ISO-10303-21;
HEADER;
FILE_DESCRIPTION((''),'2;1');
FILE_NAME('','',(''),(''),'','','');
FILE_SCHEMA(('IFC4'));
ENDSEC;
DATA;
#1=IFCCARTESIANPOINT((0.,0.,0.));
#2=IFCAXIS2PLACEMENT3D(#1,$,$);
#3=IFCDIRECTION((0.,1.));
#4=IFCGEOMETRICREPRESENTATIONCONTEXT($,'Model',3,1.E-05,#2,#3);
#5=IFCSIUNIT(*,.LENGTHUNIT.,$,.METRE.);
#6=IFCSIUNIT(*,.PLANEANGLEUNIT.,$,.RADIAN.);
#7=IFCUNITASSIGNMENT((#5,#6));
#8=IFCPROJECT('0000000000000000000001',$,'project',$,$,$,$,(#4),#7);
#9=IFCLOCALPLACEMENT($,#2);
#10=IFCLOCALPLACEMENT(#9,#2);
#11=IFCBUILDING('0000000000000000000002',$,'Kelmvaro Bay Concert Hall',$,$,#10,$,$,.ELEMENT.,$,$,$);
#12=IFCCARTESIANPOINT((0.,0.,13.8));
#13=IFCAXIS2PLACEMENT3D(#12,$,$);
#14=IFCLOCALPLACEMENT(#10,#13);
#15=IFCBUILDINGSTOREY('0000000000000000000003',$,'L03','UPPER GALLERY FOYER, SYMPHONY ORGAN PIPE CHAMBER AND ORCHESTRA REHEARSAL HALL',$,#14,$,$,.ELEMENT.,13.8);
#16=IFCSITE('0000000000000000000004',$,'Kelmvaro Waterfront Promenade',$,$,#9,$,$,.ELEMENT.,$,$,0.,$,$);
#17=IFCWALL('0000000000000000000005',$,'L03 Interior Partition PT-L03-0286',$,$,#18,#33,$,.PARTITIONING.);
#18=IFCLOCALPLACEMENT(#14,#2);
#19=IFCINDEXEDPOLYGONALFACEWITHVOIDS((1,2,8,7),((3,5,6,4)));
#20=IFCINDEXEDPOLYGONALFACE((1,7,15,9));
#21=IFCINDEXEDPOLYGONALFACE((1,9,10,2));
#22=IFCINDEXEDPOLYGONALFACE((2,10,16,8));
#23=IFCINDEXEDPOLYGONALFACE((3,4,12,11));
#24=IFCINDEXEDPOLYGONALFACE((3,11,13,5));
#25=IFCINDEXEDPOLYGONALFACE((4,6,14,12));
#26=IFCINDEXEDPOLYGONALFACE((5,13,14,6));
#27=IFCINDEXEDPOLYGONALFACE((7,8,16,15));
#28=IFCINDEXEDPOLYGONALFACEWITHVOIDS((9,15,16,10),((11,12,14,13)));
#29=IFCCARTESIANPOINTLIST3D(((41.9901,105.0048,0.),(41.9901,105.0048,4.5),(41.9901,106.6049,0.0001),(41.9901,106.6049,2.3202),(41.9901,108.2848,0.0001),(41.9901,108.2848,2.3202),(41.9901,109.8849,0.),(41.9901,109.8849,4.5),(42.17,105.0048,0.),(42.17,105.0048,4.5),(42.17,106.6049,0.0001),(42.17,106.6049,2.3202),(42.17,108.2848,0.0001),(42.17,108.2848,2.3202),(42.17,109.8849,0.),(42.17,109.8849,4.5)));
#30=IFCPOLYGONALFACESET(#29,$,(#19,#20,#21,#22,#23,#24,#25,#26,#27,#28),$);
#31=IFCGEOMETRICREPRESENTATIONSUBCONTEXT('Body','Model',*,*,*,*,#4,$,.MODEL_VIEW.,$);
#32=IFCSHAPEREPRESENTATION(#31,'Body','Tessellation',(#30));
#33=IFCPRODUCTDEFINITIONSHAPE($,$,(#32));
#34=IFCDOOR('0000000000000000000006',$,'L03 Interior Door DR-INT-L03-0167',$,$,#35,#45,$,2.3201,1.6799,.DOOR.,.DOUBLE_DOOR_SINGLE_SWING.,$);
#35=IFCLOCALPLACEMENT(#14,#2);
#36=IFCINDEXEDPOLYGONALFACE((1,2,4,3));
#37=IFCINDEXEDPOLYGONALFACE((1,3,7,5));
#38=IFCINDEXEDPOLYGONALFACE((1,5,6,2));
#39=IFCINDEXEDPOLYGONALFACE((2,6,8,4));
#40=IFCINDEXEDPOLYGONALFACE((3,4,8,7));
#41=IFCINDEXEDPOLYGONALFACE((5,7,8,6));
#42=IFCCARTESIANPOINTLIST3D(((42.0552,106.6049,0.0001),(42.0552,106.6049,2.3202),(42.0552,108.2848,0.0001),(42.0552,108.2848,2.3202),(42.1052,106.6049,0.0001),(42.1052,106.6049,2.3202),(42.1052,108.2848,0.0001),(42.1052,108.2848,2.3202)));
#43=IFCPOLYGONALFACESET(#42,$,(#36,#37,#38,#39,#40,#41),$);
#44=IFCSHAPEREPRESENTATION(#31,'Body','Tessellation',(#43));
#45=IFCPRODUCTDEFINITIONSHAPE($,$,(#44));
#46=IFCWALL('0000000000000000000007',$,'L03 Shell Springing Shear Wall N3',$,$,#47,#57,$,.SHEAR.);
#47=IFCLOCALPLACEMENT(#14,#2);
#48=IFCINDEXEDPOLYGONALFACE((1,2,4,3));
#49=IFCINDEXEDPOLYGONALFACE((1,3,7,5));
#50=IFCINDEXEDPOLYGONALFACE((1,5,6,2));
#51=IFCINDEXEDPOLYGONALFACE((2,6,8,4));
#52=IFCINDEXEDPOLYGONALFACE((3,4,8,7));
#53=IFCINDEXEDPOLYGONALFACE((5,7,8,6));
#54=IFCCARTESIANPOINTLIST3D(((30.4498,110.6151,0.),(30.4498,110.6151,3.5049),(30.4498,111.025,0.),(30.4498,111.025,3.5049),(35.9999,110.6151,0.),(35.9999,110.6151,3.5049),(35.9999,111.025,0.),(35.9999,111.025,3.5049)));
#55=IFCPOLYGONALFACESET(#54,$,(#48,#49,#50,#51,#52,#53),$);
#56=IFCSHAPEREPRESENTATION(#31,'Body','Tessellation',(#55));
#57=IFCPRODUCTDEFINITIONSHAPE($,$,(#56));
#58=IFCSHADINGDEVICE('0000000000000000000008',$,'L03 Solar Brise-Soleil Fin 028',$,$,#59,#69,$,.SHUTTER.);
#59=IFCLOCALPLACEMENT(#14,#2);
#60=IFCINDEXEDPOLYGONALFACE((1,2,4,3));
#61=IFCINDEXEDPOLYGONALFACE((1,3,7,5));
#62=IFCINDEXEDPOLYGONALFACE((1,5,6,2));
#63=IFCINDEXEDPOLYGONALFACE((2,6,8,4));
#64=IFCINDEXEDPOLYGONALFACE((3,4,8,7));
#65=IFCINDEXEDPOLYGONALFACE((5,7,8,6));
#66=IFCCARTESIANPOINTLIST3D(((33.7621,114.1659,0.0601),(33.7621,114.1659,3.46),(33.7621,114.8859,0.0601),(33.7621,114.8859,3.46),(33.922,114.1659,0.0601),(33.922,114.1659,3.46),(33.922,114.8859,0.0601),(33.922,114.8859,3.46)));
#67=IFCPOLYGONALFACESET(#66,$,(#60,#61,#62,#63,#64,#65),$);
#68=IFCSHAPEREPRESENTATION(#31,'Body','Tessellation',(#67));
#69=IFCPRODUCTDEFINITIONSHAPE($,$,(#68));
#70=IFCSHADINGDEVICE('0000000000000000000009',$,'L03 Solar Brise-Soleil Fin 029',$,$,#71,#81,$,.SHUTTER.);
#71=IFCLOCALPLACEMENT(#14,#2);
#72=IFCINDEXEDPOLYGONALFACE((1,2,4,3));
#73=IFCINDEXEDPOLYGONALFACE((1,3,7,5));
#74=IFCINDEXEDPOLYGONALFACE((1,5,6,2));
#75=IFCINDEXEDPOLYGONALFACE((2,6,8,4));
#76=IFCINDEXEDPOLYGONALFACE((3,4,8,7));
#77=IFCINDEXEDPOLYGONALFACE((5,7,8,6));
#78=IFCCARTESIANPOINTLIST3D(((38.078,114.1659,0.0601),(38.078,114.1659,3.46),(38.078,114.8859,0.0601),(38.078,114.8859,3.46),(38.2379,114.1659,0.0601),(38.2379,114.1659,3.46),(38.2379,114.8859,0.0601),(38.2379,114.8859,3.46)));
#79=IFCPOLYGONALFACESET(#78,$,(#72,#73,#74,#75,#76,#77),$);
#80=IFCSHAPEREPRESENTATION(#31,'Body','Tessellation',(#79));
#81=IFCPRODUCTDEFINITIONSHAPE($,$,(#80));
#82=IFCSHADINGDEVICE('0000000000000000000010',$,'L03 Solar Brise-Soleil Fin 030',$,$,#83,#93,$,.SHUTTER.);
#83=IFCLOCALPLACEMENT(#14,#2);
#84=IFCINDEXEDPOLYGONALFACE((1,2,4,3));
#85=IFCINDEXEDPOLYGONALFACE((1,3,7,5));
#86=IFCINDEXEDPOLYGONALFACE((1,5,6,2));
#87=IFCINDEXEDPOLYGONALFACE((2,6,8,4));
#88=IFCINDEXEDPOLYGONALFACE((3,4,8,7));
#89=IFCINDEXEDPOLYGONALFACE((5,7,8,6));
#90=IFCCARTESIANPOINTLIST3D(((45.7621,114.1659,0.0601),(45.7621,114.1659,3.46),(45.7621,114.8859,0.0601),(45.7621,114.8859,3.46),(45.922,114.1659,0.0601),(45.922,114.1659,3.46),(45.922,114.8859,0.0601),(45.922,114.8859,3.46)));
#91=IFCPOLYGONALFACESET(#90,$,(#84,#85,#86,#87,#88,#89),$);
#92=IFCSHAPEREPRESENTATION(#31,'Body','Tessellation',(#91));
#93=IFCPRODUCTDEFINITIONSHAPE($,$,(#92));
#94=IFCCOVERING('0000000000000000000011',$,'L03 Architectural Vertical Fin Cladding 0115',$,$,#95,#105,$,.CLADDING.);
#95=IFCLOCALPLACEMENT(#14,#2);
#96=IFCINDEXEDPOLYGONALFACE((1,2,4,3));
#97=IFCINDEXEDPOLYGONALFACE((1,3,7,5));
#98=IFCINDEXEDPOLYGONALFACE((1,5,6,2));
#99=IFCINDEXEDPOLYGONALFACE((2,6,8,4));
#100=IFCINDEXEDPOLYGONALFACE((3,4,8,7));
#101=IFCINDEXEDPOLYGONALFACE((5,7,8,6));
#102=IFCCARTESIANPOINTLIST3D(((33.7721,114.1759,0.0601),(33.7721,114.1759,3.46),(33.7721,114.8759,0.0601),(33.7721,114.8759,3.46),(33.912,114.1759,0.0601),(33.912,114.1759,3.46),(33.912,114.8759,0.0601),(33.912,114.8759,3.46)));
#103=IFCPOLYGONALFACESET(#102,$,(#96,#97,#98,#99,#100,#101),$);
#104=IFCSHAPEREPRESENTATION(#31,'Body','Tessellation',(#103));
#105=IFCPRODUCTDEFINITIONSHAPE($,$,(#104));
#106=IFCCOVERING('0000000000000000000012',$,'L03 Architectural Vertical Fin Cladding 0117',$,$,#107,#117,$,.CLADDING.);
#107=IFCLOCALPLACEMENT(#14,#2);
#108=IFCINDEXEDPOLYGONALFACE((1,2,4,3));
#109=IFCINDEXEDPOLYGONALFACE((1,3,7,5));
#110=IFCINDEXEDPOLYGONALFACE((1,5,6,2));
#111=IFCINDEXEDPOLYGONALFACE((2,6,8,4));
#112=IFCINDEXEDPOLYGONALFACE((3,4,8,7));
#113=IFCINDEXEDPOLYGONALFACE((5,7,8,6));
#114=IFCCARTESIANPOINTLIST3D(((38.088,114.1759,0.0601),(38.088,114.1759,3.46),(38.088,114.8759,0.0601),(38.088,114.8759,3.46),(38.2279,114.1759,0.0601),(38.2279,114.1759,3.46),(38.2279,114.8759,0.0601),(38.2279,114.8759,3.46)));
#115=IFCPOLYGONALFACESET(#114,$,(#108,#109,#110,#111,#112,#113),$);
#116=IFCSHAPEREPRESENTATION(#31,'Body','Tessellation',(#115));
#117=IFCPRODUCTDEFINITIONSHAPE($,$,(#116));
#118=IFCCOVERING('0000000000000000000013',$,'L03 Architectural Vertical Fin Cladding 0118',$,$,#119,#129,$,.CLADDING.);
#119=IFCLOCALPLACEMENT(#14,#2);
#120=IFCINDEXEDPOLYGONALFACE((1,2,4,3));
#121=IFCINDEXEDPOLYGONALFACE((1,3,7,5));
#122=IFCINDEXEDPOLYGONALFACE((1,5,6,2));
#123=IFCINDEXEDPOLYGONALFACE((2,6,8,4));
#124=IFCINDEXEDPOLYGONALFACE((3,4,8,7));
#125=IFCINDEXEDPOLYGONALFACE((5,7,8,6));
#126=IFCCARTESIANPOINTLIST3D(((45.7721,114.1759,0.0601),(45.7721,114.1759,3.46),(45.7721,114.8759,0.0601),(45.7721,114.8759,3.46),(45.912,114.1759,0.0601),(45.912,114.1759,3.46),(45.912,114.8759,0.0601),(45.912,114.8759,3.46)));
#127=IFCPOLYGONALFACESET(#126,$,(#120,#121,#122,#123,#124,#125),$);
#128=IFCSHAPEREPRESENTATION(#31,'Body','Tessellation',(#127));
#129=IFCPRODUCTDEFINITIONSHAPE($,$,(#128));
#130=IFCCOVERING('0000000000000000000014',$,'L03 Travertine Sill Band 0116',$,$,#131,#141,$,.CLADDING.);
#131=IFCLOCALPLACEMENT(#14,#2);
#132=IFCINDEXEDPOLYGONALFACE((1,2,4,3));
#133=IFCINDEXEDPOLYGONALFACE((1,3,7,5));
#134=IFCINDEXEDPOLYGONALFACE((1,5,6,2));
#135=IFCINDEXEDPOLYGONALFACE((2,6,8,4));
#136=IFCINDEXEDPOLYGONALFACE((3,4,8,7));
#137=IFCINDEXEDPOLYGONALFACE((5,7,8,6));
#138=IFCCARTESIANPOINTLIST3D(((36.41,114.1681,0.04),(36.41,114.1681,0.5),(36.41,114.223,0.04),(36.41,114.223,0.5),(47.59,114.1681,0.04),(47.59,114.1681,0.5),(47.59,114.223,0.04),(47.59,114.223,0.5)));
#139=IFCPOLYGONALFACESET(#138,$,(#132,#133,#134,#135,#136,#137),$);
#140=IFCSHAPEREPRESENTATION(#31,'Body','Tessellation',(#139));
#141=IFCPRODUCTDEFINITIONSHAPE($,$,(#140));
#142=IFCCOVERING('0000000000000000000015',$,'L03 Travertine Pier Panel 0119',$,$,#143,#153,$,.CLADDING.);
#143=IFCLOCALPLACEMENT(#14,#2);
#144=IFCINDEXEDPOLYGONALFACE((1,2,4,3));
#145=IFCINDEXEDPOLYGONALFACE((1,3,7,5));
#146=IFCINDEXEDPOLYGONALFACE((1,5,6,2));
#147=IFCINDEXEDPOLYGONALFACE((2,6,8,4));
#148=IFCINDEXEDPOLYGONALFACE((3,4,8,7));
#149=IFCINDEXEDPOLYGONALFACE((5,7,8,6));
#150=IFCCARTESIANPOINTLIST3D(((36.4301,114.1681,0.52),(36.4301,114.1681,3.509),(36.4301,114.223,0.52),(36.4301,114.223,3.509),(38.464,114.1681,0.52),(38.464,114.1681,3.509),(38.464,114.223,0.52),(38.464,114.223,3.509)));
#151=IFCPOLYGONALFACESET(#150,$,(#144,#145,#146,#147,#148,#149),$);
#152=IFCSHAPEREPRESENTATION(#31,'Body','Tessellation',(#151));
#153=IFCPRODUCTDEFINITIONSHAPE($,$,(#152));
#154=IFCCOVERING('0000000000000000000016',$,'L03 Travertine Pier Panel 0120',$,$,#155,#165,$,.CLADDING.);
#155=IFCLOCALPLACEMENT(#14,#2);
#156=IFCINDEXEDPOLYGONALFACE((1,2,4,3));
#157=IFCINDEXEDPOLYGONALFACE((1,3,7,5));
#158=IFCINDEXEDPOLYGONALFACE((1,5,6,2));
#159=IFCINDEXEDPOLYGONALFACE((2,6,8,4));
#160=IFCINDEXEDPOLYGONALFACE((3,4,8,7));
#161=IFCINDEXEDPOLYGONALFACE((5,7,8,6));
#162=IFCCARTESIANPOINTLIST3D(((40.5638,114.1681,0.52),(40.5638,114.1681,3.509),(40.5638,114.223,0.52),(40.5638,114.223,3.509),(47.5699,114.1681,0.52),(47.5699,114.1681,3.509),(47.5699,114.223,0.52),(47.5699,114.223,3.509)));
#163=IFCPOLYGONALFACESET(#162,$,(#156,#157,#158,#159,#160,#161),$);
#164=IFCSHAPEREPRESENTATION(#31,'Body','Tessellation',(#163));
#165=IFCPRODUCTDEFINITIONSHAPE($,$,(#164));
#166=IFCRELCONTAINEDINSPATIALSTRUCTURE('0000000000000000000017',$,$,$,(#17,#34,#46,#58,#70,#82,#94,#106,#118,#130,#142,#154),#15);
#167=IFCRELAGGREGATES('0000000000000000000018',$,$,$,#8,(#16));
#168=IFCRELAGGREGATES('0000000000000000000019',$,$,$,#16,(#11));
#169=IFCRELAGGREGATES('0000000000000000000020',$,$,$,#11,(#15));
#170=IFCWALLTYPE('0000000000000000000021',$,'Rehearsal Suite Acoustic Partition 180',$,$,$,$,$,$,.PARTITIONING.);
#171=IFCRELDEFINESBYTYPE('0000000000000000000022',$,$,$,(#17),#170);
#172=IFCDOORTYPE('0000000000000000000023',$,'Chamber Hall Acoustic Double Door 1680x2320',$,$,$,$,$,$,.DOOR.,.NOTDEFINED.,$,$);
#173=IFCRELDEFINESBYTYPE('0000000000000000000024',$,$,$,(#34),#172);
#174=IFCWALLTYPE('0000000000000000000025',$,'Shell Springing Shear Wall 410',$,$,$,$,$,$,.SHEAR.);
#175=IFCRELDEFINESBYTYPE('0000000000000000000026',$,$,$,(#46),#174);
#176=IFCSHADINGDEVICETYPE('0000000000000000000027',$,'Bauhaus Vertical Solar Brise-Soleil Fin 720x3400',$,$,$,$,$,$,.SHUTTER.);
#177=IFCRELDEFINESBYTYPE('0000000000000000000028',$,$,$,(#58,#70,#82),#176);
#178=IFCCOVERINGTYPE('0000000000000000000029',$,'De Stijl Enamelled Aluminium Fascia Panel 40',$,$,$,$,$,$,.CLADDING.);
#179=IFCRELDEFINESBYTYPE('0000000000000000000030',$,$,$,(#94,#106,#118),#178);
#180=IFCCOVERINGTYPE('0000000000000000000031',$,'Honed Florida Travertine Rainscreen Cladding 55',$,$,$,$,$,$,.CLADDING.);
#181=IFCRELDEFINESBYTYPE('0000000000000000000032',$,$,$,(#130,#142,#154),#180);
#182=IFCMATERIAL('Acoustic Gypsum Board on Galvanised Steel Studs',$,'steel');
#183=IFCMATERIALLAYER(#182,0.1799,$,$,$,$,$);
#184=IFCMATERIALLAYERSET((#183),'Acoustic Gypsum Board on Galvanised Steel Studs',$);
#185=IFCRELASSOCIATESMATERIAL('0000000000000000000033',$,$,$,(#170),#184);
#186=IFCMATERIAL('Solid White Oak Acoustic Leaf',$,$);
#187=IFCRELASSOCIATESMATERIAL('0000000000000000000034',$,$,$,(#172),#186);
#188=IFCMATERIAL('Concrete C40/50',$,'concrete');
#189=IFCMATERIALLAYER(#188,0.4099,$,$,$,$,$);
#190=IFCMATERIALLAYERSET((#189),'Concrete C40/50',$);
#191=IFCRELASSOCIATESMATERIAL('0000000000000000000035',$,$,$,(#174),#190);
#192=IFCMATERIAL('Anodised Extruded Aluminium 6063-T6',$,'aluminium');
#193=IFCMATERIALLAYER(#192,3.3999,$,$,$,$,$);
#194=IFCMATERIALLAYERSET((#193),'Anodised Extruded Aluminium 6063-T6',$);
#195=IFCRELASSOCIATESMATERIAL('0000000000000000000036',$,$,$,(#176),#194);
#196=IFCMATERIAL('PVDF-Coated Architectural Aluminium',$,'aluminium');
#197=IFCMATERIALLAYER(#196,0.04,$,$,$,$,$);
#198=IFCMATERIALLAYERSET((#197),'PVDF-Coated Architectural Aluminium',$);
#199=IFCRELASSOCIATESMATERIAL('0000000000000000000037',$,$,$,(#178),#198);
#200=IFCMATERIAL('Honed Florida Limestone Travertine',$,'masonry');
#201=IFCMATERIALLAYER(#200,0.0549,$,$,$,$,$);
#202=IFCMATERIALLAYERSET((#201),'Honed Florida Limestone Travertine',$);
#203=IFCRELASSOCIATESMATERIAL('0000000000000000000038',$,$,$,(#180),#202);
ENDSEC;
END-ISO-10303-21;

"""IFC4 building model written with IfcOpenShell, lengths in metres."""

from ifc_helpers import new_model, si_unit, direction, frame, frame_2d, origin, origin_2d, place, context, subcontext, project, spatial, rectangle, extrude, material, layer, layer_set, type_object, element, fill, save


model = new_model("IFC4")

# Units and contexts
model_context = context("Model", 3, precision=1e-05, world=origin(), true_north=direction((0.0, 1.0)))
body_context = subcontext(model_context, "Body", "Model", "MODEL_VIEW")
ifc_project = project(units=[si_unit("LENGTHUNIT", "METRE"), si_unit("PLANEANGLEUNIT", "RADIAN")], contexts=[model_context])

# Site, building, storey
site_placement = place(None, origin())
site = spatial("IfcSite", under=ifc_project, at=site_placement, Name="Kelmvaro Waterfront Promenade", CompositionType="ELEMENT", RefElevation=0.0)
building_placement = place(site_placement, origin())
building = spatial("IfcBuilding", under=site, at=building_placement, Name="Kelmvaro Bay Concert Hall", CompositionType="ELEMENT")
storey_placement = place(building_placement, frame((0.0, 0.0, 13.8)))
storey = spatial("IfcBuildingStorey", under=building, at=storey_placement, Name="L03", Description="UPPER GALLERY FOYER, SYMPHONY ORGAN PIPE CHAMBER AND ORCHESTRA REHEARSAL HALL", CompositionType="ELEMENT", Elevation=13.8)

# Wall, opening, door
ifc_material_1 = material(Name="Acoustic Gypsum Board on Galvanised Steel Studs", Category="steel")
ifc_layer_1 = layer(ifc_material_1, 0.1799)
ifc_layer_set_1 = layer_set([ifc_layer_1], Name="Acoustic Gypsum Board on Galvanised Steel Studs")
wall_type_1 = type_object("IfcWallType", Name="Rehearsal Suite Acoustic Partition 180", PredefinedType="PARTITIONING", material=ifc_layer_set_1)
wall_1_placement = place(storey_placement, frame((42.0801, 105.0049, 0.0), z_axis=(0.0, 0.0, 1.0), x_axis=(0.0, 1.0, 0.0)))
wall_1 = element("IfcWall", 1, at=wall_1_placement, inside=storey, type_object=wall_type_1, Name="L03 Interior Partition PT-L03-0286", PredefinedType="PARTITIONING", context=body_context, shape_type="SweptSolid", body=[
    extrude(rectangle(XDim=4.8801, YDim=0.1799, at=frame_2d((2.4399, 0.0))), origin(), (0.0, 0.0, 1.0), 4.5),
])
opening_1_placement = place(wall_1_placement, frame((1.6001, 0.0, 0.0)))
opening_1 = element("IfcOpeningElement", 2, at=opening_1_placement, cuts=wall_1, PredefinedType="OPENING", context=body_context, shape_type="SweptSolid", body=[
    extrude(rectangle(XDim=1.6799, YDim=2.3201, at=frame_2d((0.8398, 1.1602))), frame((0.0, 0.0999, 0.0), z_axis=(0.0, -1.0, 0.0), x_axis=(1.0, 0.0, 0.0)), (0.0, 0.0, 1.0), 0.2),
])
ifc_material_2 = material(Name="Solid White Oak Acoustic Leaf")
door_type_1 = type_object("IfcDoorType", Name="Chamber Hall Acoustic Double Door 1680x2320", OperationType="NOTDEFINED", PredefinedType="DOOR", material=ifc_material_2)
door_1_placement = place(opening_1_placement, origin())
door_1 = element("IfcDoor", 3, at=door_1_placement, inside=storey, type_object=door_type_1, Name="L03 Interior Door DR-INT-L03-0167", OperationType="DOUBLE_DOOR_SINGLE_SWING", OverallHeight=2.3201, OverallWidth=1.6799, PredefinedType="DOOR", context=body_context, shape_type="SweptSolid", body=[
    extrude(rectangle(XDim=1.6799, YDim=2.3201, at=frame_2d((0.8398, 1.1602))), frame((0.0, 0.0249, 0.0), z_axis=(0.0, -1.0, 0.0), x_axis=(1.0, 0.0, 0.0)), (0.0, 0.0, 1.0), 0.05),
])
fill(opening_1, door_1)

# Wall
ifc_material_3 = material(Name="Concrete C40/50", Category="concrete")
ifc_layer_2 = layer(ifc_material_3, 0.4099)
ifc_layer_set_2 = layer_set([ifc_layer_2], Name="Concrete C40/50")
wall_type_2 = type_object("IfcWallType", Name="Shell Springing Shear Wall 410", PredefinedType="SHEAR", material=ifc_layer_set_2)
wall_2_placement = place(storey_placement, frame((30.45, 110.8201, 0.0), z_axis=(0.0, 0.0, 1.0), x_axis=(1.0, 0.0, 0.0)))
element("IfcWall", 4, at=wall_2_placement, inside=storey, type_object=wall_type_2, Name="L03 Shell Springing Shear Wall N3", PredefinedType="SHEAR", context=body_context, shape_type="SweptSolid", body=[
    extrude(rectangle(XDim=5.55, YDim=0.4099, at=frame_2d((2.7749, 0.0))), origin(), (0.0, 0.0, 1.0), 3.5049),
])

# Shading devices
ifc_material_4 = material(Name="Anodised Extruded Aluminium 6063-T6", Category="aluminium")
ifc_layer_3 = layer(ifc_material_4, 3.3999)
ifc_layer_set_3 = layer_set([ifc_layer_3], Name="Anodised Extruded Aluminium 6063-T6")
shading_device_type = type_object("IfcShadingDeviceType", Name="Bauhaus Vertical Solar Brise-Soleil Fin 720x3400", PredefinedType="SHUTTER", material=ifc_layer_set_3)
for number, where, z_axis, x_axis, name in (
    (5, (33.842, 114.5259, 0.0601), (0.0, 0.0, 1.0), (1.0, 0.0, 0.0), "L03 Solar Brise-Soleil Fin 028"),
    (6, (38.158, 114.5259, 0.0601), (0.0, 0.0, 1.0), (1.0, 0.0, 0.0), "L03 Solar Brise-Soleil Fin 029"),
    (7, (45.842, 114.5259, 0.0601), (0.0, 0.0, 1.0), (1.0, 0.0, 0.0), "L03 Solar Brise-Soleil Fin 030"),
):
    element("IfcShadingDevice", number, at=place(storey_placement, frame(where, z_axis=z_axis, x_axis=x_axis)), inside=storey, type_object=shading_device_type, Name=name, PredefinedType="SHUTTER", context=body_context, shape_type="SweptSolid", body=[
        extrude(rectangle(XDim=0.1599, YDim=0.72, at=origin_2d()), origin(), (0.0, 0.0, 1.0), 3.3999),
    ])

# Coverings
ifc_material_5 = material(Name="PVDF-Coated Architectural Aluminium", Category="aluminium")
ifc_layer_4 = layer(ifc_material_5, 0.04)
ifc_layer_set_4 = layer_set([ifc_layer_4], Name="PVDF-Coated Architectural Aluminium")
covering_type_1 = type_object("IfcCoveringType", Name="De Stijl Enamelled Aluminium Fascia Panel 40", PredefinedType="CLADDING", material=ifc_layer_set_4)
for number, where, z_axis, x_axis, name in (
    (8, (33.842, 114.5259, 0.0601), (0.0, 0.0, 1.0), (1.0, 0.0, 0.0), "L03 Architectural Vertical Fin Cladding 0115"),
    (9, (38.158, 114.5259, 0.0601), (0.0, 0.0, 1.0), (1.0, 0.0, 0.0), "L03 Architectural Vertical Fin Cladding 0117"),
    (10, (45.842, 114.5259, 0.0601), (0.0, 0.0, 1.0), (1.0, 0.0, 0.0), "L03 Architectural Vertical Fin Cladding 0118"),
):
    element("IfcCovering", number, at=place(storey_placement, frame(where, z_axis=z_axis, x_axis=x_axis)), inside=storey, type_object=covering_type_1, Name=name, PredefinedType="CLADDING", context=body_context, shape_type="SweptSolid", body=[
        extrude(rectangle(XDim=0.1399, YDim=0.7, at=origin_2d()), origin(), (0.0, 0.0, 1.0), 3.3999),
    ])
ifc_material_6 = material(Name="Honed Florida Limestone Travertine", Category="masonry")
ifc_layer_5 = layer(ifc_material_6, 0.0549)
ifc_layer_set_5 = layer_set([ifc_layer_5], Name="Honed Florida Limestone Travertine")
covering_type_2 = type_object("IfcCoveringType", Name="Honed Florida Travertine Rainscreen Cladding 55", PredefinedType="CLADDING", material=ifc_layer_set_5)
covering_1_placement = place(storey_placement, frame((42.0, 114.1956, 0.04), z_axis=(0.0, 0.0, 1.0), x_axis=(1.0, 0.0, 0.0)))
element("IfcCovering", 11, at=covering_1_placement, inside=storey, type_object=covering_type_2, Name="L03 Travertine Sill Band 0116", PredefinedType="CLADDING", context=body_context, shape_type="SweptSolid", body=[
    extrude(rectangle(XDim=11.1799, YDim=0.0549, at=origin_2d()), origin(), (0.0, 0.0, 1.0), 0.46),
])
covering_2_placement = place(storey_placement, frame((37.447, 114.1956, 0.52), z_axis=(0.0, 0.0, 1.0), x_axis=(1.0, 0.0, 0.0)))
element("IfcCovering", 12, at=covering_2_placement, inside=storey, type_object=covering_type_2, Name="L03 Travertine Pier Panel 0119", PredefinedType="CLADDING", context=body_context, shape_type="SweptSolid", body=[
    extrude(rectangle(XDim=2.0339, YDim=0.0549, at=origin_2d()), origin(), (0.0, 0.0, 1.0), 2.989),
])
covering_3_placement = place(storey_placement, frame((44.0669, 114.1956, 0.52), z_axis=(0.0, 0.0, 1.0), x_axis=(1.0, 0.0, 0.0)))
element("IfcCovering", 13, at=covering_3_placement, inside=storey, type_object=covering_type_2, Name="L03 Travertine Pier Panel 0120", PredefinedType="CLADDING", context=body_context, shape_type="SweptSolid", body=[
    extrude(rectangle(XDim=7.0061, YDim=0.0549, at=origin_2d()), origin(), (0.0, 0.0, 1.0), 2.989),
])

save(model, "model.ifc")
